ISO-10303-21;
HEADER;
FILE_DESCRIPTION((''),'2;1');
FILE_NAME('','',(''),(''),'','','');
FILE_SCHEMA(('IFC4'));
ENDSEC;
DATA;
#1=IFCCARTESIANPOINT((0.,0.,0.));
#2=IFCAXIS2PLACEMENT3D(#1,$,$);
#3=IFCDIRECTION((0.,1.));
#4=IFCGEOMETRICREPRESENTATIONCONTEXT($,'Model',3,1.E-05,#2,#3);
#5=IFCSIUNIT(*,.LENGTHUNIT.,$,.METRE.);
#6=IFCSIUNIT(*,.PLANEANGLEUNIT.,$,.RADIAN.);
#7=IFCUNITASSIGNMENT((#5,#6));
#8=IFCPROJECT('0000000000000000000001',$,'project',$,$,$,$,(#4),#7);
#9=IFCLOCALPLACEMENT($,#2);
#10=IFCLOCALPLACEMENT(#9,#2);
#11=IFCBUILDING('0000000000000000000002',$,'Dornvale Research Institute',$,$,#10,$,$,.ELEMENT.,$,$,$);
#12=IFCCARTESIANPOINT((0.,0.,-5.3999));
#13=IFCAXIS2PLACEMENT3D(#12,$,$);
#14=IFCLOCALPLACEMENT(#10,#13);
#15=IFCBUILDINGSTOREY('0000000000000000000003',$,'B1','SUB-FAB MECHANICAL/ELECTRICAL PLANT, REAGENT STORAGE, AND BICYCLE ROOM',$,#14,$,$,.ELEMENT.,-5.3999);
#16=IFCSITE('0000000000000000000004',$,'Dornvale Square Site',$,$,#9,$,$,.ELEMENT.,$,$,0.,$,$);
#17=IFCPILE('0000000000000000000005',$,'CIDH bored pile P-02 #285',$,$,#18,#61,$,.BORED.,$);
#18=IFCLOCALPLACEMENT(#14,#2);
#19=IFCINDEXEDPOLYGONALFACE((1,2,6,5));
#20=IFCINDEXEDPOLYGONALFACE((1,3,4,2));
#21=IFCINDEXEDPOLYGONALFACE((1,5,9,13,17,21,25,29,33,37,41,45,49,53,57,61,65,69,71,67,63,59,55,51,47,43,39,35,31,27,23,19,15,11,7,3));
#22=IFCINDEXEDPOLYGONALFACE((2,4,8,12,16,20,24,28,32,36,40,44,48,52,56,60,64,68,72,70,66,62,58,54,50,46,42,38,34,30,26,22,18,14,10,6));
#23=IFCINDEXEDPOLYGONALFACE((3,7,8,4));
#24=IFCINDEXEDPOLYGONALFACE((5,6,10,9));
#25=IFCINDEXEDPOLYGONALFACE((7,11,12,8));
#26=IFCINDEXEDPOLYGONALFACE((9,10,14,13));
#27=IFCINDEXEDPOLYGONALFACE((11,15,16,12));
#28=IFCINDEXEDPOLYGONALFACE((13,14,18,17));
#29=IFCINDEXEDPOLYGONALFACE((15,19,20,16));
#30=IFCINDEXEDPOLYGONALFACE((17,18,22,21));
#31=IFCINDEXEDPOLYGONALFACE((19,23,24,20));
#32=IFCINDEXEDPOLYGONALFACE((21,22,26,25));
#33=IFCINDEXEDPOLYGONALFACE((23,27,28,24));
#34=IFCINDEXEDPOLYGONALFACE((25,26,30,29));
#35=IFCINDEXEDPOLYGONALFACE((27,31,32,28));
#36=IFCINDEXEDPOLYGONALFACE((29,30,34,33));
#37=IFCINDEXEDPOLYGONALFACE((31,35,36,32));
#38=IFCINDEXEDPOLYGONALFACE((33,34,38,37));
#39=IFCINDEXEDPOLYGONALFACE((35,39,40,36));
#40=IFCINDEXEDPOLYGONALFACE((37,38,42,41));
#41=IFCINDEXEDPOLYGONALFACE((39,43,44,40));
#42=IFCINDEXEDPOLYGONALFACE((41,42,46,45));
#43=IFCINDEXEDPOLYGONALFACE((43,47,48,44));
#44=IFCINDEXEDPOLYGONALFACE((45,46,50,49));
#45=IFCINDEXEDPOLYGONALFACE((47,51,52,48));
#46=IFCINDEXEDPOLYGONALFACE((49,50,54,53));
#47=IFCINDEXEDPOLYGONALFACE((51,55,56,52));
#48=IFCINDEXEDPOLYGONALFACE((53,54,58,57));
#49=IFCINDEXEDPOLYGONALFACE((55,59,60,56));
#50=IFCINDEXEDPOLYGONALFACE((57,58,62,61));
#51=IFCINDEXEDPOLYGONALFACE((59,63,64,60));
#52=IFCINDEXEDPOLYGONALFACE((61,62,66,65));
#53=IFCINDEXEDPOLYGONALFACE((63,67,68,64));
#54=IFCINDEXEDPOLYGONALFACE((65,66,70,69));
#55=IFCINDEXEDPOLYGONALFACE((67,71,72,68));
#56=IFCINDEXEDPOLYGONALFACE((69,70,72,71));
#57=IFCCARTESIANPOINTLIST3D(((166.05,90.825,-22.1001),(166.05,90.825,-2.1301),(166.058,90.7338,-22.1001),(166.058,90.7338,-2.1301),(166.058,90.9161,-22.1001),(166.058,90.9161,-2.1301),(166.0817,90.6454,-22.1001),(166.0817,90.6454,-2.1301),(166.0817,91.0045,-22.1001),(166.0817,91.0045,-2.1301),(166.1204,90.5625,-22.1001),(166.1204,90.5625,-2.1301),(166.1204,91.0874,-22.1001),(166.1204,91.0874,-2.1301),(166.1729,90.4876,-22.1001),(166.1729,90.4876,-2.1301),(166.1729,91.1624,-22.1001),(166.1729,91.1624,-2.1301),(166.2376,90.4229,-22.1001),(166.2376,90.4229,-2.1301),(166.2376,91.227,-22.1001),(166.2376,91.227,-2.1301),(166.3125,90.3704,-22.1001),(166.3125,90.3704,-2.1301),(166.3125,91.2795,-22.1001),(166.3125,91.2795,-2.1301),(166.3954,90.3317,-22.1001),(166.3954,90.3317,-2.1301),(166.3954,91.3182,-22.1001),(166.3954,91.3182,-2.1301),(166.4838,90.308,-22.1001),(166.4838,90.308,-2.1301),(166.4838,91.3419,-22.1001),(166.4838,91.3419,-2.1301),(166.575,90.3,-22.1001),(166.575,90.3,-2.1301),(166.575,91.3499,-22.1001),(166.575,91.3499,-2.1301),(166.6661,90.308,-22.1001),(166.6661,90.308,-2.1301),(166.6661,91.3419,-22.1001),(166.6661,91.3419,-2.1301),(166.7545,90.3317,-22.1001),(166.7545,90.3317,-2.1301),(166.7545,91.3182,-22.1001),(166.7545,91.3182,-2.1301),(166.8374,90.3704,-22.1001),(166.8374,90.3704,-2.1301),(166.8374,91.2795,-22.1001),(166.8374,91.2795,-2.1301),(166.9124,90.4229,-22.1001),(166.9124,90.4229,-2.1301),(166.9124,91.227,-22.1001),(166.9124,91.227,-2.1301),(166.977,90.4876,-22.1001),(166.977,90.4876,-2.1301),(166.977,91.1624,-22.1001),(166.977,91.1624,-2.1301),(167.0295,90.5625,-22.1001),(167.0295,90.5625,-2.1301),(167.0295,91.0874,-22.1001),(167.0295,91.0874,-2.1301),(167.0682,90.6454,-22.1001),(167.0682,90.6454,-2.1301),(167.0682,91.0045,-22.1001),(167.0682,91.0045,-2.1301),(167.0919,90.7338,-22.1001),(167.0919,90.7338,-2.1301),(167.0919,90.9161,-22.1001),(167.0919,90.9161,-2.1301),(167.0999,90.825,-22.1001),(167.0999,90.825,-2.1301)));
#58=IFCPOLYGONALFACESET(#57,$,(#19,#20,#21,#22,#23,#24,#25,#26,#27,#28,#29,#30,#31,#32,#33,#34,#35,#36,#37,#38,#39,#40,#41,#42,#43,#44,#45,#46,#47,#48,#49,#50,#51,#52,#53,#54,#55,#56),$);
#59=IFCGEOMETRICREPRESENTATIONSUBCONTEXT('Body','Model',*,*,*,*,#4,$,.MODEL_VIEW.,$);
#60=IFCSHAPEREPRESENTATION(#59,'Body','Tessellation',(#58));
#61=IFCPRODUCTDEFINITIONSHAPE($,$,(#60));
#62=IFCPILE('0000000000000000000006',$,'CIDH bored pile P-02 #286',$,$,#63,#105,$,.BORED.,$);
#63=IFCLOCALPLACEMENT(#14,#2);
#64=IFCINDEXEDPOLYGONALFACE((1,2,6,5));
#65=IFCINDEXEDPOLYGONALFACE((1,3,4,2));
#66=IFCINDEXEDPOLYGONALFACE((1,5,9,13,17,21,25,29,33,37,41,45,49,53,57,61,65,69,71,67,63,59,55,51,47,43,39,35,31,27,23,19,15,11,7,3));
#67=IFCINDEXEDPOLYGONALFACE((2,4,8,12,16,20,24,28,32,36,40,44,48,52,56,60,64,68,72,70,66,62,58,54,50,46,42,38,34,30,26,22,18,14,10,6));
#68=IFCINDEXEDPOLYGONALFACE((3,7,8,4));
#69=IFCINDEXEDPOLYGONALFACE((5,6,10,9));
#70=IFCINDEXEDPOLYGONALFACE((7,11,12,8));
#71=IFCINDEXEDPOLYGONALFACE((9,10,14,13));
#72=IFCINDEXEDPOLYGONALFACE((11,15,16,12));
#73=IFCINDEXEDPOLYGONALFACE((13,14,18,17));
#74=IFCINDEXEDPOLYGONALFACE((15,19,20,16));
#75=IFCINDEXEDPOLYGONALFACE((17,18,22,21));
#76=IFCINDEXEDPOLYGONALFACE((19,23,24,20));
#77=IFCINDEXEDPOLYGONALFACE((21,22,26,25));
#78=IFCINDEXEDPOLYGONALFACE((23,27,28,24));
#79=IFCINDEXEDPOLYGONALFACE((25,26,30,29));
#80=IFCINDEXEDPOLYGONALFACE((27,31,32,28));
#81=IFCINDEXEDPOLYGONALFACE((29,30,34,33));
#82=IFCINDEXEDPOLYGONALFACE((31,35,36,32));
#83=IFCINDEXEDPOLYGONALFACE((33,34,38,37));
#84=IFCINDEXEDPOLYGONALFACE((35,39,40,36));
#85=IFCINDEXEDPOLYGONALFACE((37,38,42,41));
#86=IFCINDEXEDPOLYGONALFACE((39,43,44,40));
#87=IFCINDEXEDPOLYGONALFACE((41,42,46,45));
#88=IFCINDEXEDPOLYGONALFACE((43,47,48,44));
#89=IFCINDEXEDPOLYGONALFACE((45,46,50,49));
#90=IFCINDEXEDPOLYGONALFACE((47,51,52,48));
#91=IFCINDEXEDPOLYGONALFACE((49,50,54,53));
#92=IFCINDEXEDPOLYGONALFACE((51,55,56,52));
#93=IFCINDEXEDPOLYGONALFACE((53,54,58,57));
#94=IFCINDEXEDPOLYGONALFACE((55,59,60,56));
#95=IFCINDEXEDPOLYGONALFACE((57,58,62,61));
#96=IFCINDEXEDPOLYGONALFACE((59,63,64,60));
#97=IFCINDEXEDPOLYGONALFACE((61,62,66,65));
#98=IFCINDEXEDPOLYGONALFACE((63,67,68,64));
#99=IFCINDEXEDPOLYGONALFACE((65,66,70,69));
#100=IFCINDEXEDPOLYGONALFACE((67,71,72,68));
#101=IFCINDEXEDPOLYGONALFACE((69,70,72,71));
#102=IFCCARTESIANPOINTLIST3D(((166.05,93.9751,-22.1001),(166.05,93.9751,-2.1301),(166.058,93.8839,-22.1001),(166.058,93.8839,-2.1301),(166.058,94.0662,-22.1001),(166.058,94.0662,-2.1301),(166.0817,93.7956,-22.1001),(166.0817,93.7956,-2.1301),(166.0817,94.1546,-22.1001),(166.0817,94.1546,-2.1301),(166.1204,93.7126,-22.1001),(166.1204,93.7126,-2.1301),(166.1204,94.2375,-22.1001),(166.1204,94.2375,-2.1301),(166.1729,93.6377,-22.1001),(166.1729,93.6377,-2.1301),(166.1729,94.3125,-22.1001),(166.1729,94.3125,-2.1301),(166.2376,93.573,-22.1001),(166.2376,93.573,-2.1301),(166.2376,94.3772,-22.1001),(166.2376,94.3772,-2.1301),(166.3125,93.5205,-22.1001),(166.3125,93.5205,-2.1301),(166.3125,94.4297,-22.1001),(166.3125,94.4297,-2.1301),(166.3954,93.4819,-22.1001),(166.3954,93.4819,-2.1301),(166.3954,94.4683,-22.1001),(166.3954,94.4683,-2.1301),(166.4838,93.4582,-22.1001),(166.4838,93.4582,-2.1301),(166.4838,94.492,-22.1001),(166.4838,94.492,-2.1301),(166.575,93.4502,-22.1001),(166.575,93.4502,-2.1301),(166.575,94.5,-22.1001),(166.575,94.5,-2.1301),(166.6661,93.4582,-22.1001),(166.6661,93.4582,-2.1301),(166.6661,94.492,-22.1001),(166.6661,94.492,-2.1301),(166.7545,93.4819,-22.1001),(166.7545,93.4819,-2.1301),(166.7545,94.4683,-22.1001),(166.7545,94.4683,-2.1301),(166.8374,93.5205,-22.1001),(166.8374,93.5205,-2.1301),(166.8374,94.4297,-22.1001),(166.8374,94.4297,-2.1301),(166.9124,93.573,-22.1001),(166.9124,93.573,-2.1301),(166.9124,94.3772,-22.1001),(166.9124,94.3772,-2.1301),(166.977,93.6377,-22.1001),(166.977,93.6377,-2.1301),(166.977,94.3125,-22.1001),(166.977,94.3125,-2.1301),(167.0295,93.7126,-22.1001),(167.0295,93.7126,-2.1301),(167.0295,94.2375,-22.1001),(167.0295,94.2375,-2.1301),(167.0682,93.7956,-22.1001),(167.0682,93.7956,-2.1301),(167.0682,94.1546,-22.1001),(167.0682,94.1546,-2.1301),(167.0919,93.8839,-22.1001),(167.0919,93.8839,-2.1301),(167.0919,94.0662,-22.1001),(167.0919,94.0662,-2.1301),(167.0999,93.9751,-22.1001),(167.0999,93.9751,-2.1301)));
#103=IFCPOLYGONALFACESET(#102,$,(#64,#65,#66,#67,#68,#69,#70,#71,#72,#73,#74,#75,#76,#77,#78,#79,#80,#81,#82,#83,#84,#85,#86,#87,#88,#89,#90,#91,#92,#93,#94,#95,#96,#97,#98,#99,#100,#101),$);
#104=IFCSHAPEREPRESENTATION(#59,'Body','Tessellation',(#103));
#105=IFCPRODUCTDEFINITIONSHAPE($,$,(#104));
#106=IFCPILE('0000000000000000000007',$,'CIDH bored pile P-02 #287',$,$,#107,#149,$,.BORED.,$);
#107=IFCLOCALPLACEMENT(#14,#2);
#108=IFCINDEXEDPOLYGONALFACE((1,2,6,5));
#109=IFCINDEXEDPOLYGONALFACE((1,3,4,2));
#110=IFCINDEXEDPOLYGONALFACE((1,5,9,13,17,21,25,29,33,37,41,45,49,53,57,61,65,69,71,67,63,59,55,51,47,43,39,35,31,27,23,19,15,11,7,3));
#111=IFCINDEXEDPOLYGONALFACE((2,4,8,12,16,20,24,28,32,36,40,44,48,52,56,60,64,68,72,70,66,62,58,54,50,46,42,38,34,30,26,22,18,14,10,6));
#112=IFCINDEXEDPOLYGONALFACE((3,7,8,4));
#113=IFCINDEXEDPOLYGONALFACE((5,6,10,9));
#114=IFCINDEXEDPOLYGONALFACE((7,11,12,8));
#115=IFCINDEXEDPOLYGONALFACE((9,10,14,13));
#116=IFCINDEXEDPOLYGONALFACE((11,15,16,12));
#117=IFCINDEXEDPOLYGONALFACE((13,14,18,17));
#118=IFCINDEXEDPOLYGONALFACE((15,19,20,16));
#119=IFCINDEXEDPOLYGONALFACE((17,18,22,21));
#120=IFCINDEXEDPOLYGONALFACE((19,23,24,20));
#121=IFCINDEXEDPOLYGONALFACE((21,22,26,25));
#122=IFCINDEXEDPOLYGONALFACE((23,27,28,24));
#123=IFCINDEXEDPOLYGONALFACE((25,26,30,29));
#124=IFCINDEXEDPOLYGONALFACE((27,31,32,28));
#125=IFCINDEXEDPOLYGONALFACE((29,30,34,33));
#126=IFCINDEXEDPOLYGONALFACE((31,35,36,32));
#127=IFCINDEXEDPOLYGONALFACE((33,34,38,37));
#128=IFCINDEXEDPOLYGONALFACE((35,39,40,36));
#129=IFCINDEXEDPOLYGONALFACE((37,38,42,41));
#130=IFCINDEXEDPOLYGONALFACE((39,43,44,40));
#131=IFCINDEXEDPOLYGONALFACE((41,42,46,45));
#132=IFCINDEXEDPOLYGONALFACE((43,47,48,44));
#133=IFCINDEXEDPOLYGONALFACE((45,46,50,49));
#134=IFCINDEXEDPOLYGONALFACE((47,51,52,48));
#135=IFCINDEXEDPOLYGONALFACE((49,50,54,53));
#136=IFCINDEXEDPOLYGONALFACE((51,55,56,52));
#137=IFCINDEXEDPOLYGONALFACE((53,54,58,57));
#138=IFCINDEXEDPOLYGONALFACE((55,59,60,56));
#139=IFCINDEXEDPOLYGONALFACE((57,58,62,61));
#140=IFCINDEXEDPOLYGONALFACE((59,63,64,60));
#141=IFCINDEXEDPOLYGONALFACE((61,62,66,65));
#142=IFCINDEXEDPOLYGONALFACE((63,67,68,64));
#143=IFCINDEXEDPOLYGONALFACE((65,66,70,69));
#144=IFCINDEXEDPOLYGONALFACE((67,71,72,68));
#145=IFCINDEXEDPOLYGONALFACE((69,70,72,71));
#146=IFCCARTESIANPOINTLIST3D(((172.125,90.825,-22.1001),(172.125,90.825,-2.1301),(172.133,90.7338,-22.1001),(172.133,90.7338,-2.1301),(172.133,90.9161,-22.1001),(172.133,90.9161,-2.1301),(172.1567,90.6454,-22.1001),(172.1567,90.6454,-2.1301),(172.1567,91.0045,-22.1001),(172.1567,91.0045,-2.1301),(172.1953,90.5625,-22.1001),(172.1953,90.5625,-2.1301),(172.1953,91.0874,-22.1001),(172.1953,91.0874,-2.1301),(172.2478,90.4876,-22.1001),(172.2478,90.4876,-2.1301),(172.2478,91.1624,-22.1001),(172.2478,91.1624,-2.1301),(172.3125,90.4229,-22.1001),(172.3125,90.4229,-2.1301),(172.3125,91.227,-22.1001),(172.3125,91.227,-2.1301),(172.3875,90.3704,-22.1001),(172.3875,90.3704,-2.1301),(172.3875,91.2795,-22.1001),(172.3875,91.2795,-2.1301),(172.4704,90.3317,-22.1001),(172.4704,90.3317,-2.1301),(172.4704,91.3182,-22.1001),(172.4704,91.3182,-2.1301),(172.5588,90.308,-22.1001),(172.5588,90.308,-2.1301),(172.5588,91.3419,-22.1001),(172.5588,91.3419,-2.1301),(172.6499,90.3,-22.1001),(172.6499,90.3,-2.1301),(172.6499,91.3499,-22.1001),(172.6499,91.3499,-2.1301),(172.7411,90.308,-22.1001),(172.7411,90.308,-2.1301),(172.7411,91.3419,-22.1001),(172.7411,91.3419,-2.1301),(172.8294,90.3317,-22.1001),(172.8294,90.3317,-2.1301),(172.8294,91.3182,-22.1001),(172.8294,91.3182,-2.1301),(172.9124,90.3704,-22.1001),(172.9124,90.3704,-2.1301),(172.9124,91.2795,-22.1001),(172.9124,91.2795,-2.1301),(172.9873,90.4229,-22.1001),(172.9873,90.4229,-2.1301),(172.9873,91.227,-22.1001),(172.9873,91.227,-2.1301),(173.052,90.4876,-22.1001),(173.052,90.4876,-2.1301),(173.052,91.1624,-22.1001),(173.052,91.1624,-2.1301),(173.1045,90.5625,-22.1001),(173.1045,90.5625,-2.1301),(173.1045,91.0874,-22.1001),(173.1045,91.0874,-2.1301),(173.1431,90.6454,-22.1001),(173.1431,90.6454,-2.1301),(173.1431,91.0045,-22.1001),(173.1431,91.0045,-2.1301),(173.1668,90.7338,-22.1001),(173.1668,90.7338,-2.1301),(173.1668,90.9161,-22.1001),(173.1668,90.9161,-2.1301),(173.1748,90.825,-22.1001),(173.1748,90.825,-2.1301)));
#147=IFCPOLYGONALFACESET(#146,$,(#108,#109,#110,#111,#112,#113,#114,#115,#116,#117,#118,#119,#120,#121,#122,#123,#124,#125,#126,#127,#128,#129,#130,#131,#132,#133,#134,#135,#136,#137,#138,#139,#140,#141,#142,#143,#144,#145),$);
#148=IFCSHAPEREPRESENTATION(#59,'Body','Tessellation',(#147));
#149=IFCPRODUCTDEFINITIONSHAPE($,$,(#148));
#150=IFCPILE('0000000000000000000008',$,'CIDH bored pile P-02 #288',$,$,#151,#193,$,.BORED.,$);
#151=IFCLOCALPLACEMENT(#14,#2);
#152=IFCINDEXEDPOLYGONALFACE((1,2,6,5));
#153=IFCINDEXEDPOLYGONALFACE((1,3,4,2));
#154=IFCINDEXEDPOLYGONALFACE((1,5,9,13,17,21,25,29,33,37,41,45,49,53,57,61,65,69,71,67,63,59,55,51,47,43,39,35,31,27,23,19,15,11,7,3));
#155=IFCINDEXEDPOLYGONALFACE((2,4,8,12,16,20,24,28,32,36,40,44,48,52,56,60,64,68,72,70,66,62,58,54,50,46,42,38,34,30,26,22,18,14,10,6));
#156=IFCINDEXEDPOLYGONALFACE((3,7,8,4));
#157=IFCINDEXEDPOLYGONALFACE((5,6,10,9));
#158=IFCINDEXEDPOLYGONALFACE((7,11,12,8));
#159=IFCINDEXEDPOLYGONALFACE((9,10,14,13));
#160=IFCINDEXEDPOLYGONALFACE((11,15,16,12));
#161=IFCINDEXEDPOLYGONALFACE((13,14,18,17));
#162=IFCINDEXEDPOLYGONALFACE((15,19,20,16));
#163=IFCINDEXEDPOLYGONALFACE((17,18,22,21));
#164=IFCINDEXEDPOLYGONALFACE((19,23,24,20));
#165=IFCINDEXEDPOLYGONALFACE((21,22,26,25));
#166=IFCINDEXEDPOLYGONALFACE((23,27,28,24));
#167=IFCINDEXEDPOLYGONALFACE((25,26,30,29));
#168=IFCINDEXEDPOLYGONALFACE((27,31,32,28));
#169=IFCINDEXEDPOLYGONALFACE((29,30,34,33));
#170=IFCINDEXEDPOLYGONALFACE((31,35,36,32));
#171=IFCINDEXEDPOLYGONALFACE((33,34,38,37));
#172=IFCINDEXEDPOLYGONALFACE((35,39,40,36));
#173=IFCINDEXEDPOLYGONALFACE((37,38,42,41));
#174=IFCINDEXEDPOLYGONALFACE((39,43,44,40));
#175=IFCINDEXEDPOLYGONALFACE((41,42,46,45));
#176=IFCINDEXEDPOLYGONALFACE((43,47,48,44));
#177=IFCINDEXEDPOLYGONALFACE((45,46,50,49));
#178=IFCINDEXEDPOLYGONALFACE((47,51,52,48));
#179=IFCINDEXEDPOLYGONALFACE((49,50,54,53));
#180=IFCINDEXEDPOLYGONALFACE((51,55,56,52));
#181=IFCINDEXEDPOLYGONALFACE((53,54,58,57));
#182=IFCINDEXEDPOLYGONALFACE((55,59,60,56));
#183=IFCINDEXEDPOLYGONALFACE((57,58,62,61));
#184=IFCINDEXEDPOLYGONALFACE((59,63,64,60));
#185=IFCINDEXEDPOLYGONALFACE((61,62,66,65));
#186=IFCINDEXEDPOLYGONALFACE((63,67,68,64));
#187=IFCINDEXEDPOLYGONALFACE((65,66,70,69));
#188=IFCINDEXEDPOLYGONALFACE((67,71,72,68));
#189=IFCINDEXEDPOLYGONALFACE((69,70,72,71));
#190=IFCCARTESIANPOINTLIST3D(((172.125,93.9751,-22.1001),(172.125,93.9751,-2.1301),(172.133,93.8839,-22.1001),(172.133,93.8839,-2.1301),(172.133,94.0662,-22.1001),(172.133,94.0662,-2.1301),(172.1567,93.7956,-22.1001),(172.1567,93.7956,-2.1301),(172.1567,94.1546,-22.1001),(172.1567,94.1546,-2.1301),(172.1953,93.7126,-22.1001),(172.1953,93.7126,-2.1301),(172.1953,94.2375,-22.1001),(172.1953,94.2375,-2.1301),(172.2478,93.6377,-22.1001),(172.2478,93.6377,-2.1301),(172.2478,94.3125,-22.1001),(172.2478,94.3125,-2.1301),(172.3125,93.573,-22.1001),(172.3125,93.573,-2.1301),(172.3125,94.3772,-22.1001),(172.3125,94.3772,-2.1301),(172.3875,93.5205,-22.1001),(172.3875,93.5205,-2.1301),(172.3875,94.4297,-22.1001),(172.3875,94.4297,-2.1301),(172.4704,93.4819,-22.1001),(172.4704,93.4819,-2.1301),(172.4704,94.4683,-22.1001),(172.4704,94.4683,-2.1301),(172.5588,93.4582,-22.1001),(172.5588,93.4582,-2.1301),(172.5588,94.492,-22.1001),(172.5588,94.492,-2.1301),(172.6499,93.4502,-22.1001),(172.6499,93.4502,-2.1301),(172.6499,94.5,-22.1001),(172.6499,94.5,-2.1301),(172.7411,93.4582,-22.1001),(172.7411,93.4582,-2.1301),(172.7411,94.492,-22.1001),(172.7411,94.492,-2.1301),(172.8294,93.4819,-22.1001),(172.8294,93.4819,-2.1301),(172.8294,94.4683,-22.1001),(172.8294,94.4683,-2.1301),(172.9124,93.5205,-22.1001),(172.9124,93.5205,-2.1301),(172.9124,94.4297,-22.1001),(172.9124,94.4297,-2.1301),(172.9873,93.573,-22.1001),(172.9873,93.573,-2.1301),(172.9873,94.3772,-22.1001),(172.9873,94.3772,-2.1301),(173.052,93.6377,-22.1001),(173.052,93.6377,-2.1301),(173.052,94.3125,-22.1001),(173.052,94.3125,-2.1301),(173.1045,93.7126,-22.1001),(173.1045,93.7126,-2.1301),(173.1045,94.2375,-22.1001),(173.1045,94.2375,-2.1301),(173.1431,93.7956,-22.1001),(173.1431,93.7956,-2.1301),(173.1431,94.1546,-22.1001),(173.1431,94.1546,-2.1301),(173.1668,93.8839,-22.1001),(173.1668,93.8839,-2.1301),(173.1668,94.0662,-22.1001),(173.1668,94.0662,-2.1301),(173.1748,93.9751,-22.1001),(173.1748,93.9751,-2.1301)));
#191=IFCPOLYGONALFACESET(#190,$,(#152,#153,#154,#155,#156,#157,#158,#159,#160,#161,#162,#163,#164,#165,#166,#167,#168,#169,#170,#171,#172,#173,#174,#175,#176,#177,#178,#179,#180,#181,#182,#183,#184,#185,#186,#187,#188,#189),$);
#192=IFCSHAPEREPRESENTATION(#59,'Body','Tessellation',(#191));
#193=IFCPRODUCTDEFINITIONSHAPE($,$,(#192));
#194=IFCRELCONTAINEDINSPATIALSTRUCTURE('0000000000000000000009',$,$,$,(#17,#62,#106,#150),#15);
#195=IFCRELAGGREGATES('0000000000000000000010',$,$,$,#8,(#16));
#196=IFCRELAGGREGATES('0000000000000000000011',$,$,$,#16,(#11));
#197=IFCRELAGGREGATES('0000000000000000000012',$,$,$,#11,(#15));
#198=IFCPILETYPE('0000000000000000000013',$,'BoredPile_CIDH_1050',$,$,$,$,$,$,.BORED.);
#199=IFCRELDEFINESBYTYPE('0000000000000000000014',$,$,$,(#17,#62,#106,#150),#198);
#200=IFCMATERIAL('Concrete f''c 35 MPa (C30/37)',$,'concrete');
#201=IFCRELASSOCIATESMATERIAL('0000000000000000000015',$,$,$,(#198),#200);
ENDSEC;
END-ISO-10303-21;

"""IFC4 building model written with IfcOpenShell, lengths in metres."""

from ifc_helpers import new_model, si_unit, direction, frame, origin, origin_2d, place, context, subcontext, project, spatial, circle, extrude, material, material_profile, profile_set, type_object, element, save


model = new_model("IFC4")

# Units and contexts
model_context = context("Model", 3, precision=1e-05, world=origin(), true_north=direction((0.0, 1.0)))
body_context = subcontext(model_context, "Body", "Model", "MODEL_VIEW")
ifc_project = project(units=[si_unit("LENGTHUNIT", "METRE"), si_unit("PLANEANGLEUNIT", "RADIAN")], contexts=[model_context])

# Site, building, storey
site_placement = place(None, origin())
site = spatial("IfcSite", under=ifc_project, at=site_placement, Name="Dornvale Square Site", CompositionType="ELEMENT", RefElevation=0.0)
building_placement = place(site_placement, origin())
building = spatial("IfcBuilding", under=site, at=building_placement, Name="Dornvale Research Institute", CompositionType="ELEMENT")
storey_placement = place(building_placement, frame((0.0, 0.0, -5.3999)))
storey = spatial("IfcBuildingStorey", under=building, at=storey_placement, Name="B1", Description="SUB-FAB MECHANICAL/ELECTRICAL PLANT, REAGENT STORAGE, AND BICYCLE ROOM", CompositionType="ELEMENT", Elevation=-5.3999)

# Piles
ifc_material_1 = material(Name="Concrete f'c 35 MPa (C30/37)", Category="concrete")
ifc_material_profile_1 = material_profile(ifc_material_1, circle(Radius=0.5249, at=origin_2d()), Name="CIDH PILE D1050")
ifc_profile_set_1 = profile_set([ifc_material_profile_1], Name="Concrete f'c 35 MPa (C30/37)")
pile_type_1 = type_object("IfcPileType", Name="BoredPile_CIDH_1050", PredefinedType="BORED", material=ifc_profile_set_1)
for number, where, z_axis, x_axis, name in (
    (1, (166.575, 90.825, -2.1301), (0.0, 0.0, -1.0), (1.0, 0.0, 0.0), "CIDH bored pile P-02 #285"),
    (2, (166.575, 93.9751, -2.1301), (0.0, 0.0, -1.0), (1.0, 0.0, 0.0), "CIDH bored pile P-02 #286"),
    (3, (172.6499, 90.825, -2.1301), (0.0, 0.0, -1.0), (1.0, 0.0, 0.0), "CIDH bored pile P-02 #287"),
    (4, (172.6499, 93.9751, -2.1301), (0.0, 0.0, -1.0), (1.0, 0.0, 0.0), "CIDH bored pile P-02 #288"),
):
    element("IfcPile", number, at=place(storey_placement, frame(where, z_axis=z_axis, x_axis=x_axis)), inside=storey, type_object=pile_type_1, Name=name, PredefinedType="BORED", context=body_context, shape_type="SweptSolid", body=[
        extrude(circle(Radius=0.5249, at=origin_2d()), origin(), (0.0, 0.0, 1.0), 19.97),
    ])

save(model, "model.ifc")
